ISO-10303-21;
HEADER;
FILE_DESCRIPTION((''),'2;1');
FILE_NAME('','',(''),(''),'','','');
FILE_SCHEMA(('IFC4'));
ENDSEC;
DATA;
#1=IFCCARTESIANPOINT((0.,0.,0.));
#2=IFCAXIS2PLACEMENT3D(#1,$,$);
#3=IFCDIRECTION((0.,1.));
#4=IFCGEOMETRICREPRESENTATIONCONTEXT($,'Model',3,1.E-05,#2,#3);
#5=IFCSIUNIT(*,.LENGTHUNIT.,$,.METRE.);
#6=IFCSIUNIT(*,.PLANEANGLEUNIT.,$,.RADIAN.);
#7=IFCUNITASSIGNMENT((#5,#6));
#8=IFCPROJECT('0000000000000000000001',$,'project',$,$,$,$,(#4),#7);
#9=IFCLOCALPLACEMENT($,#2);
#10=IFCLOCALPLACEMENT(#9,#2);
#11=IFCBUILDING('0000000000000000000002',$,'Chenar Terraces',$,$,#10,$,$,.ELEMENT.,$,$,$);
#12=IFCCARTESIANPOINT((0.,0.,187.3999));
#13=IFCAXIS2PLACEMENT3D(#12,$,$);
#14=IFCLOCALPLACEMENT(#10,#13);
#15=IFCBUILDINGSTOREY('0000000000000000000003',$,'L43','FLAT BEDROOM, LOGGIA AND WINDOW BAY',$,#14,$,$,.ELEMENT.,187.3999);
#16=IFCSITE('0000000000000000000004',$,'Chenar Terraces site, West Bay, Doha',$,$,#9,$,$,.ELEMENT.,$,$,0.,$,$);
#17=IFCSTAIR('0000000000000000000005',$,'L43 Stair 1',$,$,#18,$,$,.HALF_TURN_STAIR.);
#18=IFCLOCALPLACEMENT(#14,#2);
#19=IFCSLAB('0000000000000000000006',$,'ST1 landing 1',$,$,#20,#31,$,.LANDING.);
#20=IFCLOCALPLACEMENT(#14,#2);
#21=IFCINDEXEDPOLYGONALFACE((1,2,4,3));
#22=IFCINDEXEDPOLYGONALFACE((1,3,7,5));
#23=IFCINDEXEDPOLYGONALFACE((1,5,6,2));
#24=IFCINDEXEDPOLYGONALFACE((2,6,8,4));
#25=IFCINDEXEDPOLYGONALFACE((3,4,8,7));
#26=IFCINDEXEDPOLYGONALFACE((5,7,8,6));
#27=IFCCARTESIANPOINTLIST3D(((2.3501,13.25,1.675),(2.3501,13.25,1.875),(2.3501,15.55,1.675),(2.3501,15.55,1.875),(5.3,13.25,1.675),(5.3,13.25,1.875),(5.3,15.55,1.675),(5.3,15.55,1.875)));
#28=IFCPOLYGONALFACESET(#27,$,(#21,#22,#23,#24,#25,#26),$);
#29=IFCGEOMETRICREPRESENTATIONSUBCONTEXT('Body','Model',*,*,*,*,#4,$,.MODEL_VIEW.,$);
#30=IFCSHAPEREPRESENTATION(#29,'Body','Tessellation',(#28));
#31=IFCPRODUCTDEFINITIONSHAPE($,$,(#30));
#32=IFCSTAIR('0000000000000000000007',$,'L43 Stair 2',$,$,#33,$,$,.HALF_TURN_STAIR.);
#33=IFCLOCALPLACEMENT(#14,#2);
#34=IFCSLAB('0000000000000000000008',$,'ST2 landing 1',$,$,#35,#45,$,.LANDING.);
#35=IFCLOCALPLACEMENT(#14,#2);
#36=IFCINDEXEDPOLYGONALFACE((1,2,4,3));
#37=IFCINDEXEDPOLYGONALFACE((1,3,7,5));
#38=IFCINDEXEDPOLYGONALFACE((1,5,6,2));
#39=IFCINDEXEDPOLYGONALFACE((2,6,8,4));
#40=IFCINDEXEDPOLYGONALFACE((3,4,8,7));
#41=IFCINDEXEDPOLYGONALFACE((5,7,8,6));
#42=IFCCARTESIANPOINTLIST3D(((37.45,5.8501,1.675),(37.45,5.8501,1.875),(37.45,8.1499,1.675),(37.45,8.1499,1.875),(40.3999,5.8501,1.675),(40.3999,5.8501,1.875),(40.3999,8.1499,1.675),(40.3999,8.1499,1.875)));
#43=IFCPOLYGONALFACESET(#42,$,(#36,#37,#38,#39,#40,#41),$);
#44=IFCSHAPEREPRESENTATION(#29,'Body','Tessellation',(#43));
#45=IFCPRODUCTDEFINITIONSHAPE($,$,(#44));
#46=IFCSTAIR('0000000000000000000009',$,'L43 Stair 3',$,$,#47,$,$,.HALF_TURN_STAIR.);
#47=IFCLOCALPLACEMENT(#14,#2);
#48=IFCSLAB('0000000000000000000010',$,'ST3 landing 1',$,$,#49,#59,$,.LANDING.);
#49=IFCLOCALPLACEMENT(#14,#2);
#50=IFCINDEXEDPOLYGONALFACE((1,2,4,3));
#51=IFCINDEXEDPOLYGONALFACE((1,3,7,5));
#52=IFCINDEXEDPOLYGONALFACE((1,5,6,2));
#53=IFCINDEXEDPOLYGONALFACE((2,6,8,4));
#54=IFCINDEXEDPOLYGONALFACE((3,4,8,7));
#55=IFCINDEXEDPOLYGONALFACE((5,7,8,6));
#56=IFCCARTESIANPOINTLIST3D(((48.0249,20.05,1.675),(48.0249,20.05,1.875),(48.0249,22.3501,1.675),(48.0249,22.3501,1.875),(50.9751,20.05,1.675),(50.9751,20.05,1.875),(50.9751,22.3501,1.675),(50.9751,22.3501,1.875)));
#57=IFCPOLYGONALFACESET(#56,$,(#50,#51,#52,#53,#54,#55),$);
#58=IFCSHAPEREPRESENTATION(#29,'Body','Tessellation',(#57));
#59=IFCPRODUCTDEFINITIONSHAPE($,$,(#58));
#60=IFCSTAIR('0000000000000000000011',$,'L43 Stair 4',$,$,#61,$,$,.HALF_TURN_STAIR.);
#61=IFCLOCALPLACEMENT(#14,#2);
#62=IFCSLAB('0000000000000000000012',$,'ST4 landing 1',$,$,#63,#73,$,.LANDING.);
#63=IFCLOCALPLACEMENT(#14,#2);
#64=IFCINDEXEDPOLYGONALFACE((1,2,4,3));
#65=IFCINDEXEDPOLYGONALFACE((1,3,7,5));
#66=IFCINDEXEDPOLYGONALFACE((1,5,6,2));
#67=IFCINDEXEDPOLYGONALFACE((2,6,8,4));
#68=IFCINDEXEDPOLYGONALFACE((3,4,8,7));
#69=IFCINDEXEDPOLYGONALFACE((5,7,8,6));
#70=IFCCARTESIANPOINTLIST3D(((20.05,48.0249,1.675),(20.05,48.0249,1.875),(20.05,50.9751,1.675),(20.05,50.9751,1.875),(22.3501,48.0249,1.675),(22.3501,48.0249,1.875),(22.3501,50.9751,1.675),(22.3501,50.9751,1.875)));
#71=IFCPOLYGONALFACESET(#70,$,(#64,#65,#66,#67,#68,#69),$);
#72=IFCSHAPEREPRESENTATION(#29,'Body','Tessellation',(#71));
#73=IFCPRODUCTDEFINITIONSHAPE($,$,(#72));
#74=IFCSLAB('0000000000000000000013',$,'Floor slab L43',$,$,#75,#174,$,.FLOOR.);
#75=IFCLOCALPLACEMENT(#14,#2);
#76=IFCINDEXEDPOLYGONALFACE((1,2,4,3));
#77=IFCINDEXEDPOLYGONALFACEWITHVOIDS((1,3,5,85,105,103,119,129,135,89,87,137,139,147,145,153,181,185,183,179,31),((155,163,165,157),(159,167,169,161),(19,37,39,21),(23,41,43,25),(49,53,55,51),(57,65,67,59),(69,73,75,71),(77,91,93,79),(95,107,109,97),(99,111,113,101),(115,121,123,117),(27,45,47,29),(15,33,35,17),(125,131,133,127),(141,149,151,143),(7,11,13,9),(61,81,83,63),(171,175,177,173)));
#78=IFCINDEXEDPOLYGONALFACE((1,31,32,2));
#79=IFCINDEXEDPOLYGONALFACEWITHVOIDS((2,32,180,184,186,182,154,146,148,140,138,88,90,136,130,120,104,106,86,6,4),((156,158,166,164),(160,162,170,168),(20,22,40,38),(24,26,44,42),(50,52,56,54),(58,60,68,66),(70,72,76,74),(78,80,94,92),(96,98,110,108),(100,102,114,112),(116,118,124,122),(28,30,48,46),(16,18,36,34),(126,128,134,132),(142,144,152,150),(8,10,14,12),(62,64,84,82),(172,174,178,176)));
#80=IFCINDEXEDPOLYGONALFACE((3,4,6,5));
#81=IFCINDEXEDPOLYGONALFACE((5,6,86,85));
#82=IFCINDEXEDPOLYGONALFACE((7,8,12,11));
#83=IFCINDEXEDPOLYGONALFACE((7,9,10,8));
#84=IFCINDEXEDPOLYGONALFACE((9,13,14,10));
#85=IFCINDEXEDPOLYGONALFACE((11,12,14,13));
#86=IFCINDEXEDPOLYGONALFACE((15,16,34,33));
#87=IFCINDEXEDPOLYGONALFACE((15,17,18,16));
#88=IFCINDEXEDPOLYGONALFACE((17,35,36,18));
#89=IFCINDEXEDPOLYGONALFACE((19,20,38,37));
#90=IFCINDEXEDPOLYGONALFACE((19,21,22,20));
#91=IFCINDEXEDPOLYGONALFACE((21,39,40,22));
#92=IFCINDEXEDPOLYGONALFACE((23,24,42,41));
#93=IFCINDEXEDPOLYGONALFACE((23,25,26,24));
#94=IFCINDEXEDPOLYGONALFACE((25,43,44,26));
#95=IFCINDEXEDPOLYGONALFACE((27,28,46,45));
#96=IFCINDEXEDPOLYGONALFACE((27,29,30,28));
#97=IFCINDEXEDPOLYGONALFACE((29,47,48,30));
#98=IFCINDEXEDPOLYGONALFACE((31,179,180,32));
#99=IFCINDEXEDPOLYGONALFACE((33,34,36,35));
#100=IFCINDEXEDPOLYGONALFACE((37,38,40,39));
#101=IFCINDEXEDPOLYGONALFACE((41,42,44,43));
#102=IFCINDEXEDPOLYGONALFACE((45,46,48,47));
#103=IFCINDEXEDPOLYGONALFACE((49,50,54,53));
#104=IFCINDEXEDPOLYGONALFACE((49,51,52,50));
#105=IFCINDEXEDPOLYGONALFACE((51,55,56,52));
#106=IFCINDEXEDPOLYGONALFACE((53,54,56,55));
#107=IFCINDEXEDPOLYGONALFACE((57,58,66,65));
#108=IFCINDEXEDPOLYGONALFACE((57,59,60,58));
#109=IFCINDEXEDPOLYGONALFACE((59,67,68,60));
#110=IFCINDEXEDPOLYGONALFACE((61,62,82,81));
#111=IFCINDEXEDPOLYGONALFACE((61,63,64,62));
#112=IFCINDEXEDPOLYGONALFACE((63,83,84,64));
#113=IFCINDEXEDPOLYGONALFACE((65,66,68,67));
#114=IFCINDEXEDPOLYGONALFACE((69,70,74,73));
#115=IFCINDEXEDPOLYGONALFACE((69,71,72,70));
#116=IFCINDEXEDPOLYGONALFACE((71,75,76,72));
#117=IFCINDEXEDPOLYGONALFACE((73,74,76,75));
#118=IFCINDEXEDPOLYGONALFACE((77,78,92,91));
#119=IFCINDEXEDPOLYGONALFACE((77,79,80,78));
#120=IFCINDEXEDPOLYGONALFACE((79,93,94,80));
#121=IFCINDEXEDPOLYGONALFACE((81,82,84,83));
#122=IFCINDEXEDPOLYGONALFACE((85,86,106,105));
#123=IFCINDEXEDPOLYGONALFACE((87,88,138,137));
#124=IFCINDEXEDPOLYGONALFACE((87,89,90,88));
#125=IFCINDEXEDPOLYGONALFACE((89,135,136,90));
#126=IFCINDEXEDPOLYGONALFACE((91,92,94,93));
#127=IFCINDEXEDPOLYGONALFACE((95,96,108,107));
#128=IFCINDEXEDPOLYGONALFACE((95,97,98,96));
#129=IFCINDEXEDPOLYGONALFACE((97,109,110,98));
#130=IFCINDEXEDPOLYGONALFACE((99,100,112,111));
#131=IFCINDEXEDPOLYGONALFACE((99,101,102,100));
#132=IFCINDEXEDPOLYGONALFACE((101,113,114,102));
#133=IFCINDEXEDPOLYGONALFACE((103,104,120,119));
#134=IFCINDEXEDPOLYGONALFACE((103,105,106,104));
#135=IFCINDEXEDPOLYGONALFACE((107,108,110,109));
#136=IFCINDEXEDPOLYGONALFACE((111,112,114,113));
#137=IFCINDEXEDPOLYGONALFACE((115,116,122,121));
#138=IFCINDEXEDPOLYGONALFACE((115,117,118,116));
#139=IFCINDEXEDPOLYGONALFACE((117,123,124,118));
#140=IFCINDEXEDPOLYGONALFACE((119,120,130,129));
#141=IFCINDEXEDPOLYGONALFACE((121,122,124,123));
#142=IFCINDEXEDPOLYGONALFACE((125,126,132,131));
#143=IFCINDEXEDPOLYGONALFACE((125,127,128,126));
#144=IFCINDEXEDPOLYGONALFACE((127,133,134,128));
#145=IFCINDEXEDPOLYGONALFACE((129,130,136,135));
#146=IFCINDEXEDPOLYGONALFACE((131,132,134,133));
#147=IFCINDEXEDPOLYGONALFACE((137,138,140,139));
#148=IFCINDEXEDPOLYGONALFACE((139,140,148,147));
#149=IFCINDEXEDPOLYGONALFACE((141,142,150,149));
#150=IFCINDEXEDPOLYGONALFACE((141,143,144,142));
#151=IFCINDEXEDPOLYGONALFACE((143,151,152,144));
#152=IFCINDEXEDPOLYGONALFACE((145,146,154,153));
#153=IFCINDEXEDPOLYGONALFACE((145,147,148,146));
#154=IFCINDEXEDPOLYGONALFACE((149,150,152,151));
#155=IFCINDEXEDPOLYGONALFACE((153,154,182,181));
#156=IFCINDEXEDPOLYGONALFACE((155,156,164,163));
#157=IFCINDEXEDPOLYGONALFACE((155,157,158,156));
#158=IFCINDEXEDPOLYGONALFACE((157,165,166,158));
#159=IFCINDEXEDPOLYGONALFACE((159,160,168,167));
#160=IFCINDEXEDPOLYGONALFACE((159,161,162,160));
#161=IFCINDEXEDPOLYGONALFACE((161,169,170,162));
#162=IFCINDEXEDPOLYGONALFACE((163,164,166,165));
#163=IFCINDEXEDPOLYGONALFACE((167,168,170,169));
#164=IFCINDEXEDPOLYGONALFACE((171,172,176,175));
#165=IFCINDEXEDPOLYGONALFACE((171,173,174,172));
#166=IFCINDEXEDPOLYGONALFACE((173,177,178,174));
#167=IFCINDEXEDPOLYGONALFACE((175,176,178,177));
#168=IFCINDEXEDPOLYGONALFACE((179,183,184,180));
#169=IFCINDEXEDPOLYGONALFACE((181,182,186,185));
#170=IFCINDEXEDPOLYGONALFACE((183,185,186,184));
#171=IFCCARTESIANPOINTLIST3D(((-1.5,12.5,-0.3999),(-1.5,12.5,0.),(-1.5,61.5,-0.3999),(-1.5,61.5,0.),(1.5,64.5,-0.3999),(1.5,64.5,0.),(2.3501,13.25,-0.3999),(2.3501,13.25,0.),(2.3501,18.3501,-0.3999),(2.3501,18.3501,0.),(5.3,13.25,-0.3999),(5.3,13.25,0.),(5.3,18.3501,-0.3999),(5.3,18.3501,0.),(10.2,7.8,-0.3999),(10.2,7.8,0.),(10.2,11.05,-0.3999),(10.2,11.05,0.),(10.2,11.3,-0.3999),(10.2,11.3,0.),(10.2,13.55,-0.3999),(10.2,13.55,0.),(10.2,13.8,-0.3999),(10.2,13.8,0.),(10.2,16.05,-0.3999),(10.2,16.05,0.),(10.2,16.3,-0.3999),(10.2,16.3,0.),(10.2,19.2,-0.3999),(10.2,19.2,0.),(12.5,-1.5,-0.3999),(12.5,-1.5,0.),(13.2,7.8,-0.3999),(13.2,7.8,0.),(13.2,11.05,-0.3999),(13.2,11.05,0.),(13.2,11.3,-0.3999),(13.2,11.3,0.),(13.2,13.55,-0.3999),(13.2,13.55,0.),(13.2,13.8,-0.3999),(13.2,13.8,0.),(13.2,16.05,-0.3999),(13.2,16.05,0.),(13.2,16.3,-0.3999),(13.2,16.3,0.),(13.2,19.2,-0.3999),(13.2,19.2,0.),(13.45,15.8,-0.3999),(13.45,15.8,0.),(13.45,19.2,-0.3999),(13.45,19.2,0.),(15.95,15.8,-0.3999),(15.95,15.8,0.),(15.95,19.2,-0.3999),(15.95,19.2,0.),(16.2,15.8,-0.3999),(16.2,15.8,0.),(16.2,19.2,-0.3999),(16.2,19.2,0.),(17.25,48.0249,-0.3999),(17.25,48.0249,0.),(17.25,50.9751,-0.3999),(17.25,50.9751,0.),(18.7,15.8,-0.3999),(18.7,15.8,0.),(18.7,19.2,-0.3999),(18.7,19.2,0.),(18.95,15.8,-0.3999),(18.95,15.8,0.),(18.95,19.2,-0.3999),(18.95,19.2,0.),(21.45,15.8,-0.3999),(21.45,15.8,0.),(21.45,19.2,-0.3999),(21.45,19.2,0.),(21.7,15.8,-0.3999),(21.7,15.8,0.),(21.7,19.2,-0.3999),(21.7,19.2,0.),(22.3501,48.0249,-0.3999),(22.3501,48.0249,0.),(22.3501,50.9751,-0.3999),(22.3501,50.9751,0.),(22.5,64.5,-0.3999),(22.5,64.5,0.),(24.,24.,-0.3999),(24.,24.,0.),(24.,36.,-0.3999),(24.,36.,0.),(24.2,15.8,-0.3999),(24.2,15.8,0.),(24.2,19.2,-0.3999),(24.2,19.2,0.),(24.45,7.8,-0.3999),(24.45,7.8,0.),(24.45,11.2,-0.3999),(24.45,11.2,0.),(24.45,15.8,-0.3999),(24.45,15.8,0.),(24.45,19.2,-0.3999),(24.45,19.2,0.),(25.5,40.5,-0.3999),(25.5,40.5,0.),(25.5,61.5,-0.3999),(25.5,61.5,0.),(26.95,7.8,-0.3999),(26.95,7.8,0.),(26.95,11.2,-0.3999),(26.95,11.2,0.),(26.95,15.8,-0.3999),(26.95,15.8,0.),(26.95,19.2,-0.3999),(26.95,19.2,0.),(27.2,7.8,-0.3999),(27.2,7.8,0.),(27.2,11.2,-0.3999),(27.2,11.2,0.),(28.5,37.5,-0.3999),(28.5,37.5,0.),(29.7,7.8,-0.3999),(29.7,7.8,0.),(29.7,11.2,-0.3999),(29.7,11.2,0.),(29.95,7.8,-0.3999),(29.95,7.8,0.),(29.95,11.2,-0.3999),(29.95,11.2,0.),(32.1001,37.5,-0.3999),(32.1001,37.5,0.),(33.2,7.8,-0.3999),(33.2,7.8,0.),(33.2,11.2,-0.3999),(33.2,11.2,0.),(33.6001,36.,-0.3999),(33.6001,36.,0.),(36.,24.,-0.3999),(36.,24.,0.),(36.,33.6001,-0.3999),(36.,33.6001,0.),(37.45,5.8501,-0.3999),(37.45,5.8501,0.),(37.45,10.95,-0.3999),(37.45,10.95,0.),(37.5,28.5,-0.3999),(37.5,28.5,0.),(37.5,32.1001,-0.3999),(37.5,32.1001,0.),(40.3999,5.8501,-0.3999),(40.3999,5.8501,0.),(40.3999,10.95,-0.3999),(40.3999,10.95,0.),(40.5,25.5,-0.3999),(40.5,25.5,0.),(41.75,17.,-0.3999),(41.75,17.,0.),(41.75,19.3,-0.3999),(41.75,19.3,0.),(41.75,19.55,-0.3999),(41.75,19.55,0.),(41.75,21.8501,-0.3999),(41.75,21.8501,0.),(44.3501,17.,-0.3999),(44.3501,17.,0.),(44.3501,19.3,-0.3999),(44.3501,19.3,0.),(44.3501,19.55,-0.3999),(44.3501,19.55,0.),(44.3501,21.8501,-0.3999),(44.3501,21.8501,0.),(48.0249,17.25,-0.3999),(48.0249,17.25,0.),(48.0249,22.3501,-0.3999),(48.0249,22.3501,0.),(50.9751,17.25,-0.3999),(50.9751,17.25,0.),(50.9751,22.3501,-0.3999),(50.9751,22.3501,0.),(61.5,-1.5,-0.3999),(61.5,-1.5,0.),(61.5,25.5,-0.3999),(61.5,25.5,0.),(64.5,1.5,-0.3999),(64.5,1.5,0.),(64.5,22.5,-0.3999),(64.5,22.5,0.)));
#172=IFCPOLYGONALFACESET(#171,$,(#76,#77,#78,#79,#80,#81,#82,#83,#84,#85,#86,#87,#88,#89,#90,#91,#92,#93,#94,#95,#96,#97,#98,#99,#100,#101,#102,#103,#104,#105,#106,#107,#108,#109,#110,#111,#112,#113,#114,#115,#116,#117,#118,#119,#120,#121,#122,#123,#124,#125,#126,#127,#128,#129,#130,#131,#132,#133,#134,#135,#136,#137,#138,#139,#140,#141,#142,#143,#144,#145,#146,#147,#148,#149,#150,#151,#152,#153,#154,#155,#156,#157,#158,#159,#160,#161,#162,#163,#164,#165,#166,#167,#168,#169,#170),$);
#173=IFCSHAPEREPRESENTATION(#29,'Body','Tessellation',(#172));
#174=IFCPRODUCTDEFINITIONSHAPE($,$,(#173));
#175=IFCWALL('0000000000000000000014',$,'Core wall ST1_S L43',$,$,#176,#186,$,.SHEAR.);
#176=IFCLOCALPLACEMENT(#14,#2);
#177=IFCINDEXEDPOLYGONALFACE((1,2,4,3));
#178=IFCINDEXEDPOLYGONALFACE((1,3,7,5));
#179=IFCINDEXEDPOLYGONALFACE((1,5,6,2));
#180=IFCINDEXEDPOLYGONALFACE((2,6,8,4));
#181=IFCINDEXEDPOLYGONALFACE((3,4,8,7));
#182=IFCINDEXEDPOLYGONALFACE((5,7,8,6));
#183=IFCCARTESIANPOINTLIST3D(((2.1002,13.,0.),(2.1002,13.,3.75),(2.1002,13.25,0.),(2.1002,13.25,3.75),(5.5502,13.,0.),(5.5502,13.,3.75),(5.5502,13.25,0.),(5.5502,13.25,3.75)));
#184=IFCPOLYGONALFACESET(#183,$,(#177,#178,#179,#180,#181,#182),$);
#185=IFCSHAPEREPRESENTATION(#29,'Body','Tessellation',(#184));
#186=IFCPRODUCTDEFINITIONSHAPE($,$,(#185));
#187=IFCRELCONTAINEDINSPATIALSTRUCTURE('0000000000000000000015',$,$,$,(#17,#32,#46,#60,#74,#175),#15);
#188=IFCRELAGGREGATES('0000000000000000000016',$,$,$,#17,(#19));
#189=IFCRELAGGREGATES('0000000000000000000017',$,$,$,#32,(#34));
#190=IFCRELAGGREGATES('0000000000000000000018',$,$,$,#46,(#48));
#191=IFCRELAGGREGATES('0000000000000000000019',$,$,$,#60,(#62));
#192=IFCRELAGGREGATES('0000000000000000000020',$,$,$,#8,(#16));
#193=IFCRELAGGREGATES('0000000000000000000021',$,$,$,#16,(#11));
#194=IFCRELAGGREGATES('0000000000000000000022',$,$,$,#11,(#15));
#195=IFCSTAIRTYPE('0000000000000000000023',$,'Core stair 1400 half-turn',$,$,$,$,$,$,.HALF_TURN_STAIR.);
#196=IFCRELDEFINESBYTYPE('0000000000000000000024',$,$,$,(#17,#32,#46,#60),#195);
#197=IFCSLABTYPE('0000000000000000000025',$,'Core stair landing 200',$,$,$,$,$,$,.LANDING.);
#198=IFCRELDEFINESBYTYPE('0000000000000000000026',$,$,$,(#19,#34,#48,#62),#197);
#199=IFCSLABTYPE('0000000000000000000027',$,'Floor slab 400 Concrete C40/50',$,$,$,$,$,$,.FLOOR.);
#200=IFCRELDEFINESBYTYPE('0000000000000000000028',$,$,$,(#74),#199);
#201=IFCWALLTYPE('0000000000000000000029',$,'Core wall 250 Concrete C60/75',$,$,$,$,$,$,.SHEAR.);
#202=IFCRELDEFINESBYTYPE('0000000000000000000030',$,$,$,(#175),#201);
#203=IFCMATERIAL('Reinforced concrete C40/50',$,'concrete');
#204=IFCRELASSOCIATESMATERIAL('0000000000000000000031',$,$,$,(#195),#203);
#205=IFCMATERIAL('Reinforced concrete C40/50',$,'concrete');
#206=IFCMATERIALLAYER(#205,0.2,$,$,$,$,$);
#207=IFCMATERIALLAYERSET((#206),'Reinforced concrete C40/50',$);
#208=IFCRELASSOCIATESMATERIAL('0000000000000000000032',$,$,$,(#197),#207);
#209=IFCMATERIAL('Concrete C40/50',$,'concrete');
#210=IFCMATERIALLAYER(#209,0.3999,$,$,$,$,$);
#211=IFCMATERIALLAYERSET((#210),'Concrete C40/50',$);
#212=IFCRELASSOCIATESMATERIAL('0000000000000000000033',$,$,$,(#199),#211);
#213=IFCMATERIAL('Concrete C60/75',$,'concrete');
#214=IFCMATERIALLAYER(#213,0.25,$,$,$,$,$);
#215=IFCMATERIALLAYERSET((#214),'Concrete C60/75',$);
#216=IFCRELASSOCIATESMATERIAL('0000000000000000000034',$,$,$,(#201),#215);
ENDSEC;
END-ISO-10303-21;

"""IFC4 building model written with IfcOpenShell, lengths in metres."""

from ifc_helpers import new_model, si_unit, direction, frame, frame_2d, origin, place, context, subcontext, project, spatial, polyline, rectangle, outline, extrude, material, layer, layer_set, type_object, element, aggregate, save


model = new_model("IFC4")

# Units and contexts
model_context = context("Model", 3, precision=1e-05, world=origin(), true_north=direction((0.0, 1.0)))
body_context = subcontext(model_context, "Body", "Model", "MODEL_VIEW")
ifc_project = project(units=[si_unit("LENGTHUNIT", "METRE"), si_unit("PLANEANGLEUNIT", "RADIAN")], contexts=[model_context])

# Site, building, storey
site_placement = place(None, origin())
site = spatial("IfcSite", under=ifc_project, at=site_placement, Name="Chenar Terraces site, West Bay, Doha", CompositionType="ELEMENT", RefElevation=0.0)
building_placement = place(site_placement, origin())
building = spatial("IfcBuilding", under=site, at=building_placement, Name="Chenar Terraces", CompositionType="ELEMENT")
storey_placement = place(building_placement, frame((0.0, 0.0, 187.3999)))
storey = spatial("IfcBuildingStorey", under=building, at=storey_placement, Name="L43", Description="FLAT BEDROOM, LOGGIA AND WINDOW BAY", CompositionType="ELEMENT", Elevation=187.3999)

# Stairs, slabs
ifc_material_1 = material(Name="Reinforced concrete C40/50", Category="concrete")
stair_type = type_object("IfcStairType", Name="Core stair 1400 half-turn", PredefinedType="HALF_TURN_STAIR", material=ifc_material_1)
placement_1 = place(storey_placement, origin())
stair_1 = element("IfcStair", 1, at=placement_1, inside=storey, type_object=stair_type, Name="L43 Stair 1", PredefinedType="HALF_TURN_STAIR")
ifc_material_2 = material(Name="Reinforced concrete C40/50", Category="concrete")
ifc_layer_1 = layer(ifc_material_2, 0.2)
ifc_layer_set_1 = layer_set([ifc_layer_1], Name="Reinforced concrete C40/50")
slab_type_1 = type_object("IfcSlabType", Name="Core stair landing 200", PredefinedType="LANDING", material=ifc_layer_set_1)
placement_2 = place(storey_placement, frame((0.0, 0.0, 1.675)))
slab_1 = element("IfcSlab", 2, at=placement_2, type_object=slab_type_1, Name="ST1 landing 1", PredefinedType="LANDING", context=body_context, shape_type="SweptSolid", body=[
    extrude(outline(polyline([(2.3501, 15.55), (2.3501, 13.25), (5.3, 13.25), (5.3, 15.55), (2.3501, 15.55)])), origin(), (0.0, 0.0, 1.0), 0.2),
])
aggregate(stair_1, [slab_1])
stair_2 = element("IfcStair", 3, at=placement_1, inside=storey, type_object=stair_type, Name="L43 Stair 2", PredefinedType="HALF_TURN_STAIR")
slab_2 = element("IfcSlab", 4, at=placement_2, type_object=slab_type_1, Name="ST2 landing 1", PredefinedType="LANDING", context=body_context, shape_type="SweptSolid", body=[
    extrude(outline(polyline([(37.45, 8.1499), (37.45, 5.8501), (40.3999, 5.8501), (40.3999, 8.1499), (37.45, 8.1499)])), origin(), (0.0, 0.0, 1.0), 0.2),
])
aggregate(stair_2, [slab_2])
stair_3 = element("IfcStair", 5, at=placement_1, inside=storey, type_object=stair_type, Name="L43 Stair 3", PredefinedType="HALF_TURN_STAIR")
slab_3 = element("IfcSlab", 6, at=placement_2, type_object=slab_type_1, Name="ST3 landing 1", PredefinedType="LANDING", context=body_context, shape_type="SweptSolid", body=[
    extrude(outline(polyline([(50.9751, 20.05), (50.9751, 22.3501), (48.0249, 22.3501), (48.0249, 20.05), (50.9751, 20.05)])), origin(), (0.0, 0.0, 1.0), 0.2),
])
aggregate(stair_3, [slab_3])
stair_4 = element("IfcStair", 7, at=placement_1, inside=storey, type_object=stair_type, Name="L43 Stair 4", PredefinedType="HALF_TURN_STAIR")
slab_4 = element("IfcSlab", 8, at=placement_2, type_object=slab_type_1, Name="ST4 landing 1", PredefinedType="LANDING", context=body_context, shape_type="SweptSolid", body=[
    extrude(outline(polyline([(20.05, 48.0249), (22.3501, 48.0249), (22.3501, 50.9751), (20.05, 50.9751), (20.05, 48.0249)])), origin(), (0.0, 0.0, 1.0), 0.2),
])
aggregate(stair_4, [slab_4])

# Slab
ifc_material_3 = material(Name="Concrete C40/50", Category="concrete")
ifc_layer_2 = layer(ifc_material_3, 0.3999)
ifc_layer_set_2 = layer_set([ifc_layer_2], Name="Concrete C40/50")
slab_type_2 = type_object("IfcSlabType", Name="Floor slab 400 Concrete C40/50", PredefinedType="FLOOR", material=ifc_layer_set_2)
slab_5_placement = place(storey_placement, frame((0.0, 0.0, -0.3999)))
element("IfcSlab", 9, at=slab_5_placement, inside=storey, type_object=slab_type_2, Name="Floor slab L43", PredefinedType="FLOOR", context=body_context, shape_type="SweptSolid", body=[
    extrude(outline(polyline([(64.5, 22.5), (64.5, 1.5), (61.5, -1.5), (12.5, -1.5), (-1.5, 12.5), (-1.5, 61.5), (1.5, 64.5), (22.5, 64.5), (25.5, 61.5), (25.5, 40.5), (28.5, 37.5), (32.1001, 37.5), (33.6001, 36.0), (24.0, 36.0), (24.0, 24.0), (36.0, 24.0), (36.0, 33.6001), (37.5, 32.1001), (37.5, 28.5), (40.5, 25.5), (61.5, 25.5), (64.5, 22.5)]), holes=[polyline([(13.2, 11.05), (10.2, 11.05), (10.2, 7.8), (13.2, 7.8), (13.2, 11.05)]), polyline([(13.2, 13.55), (10.2, 13.55), (10.2, 11.3), (13.2, 11.3), (13.2, 13.55)]), polyline([(13.2, 16.05), (10.2, 16.05), (10.2, 13.8), (13.2, 13.8), (13.2, 16.05)]), polyline([(2.3501, 13.25), (5.3, 13.25), (5.3, 18.3501), (2.3501, 18.3501), (2.3501, 13.25)]), polyline([(15.95, 19.2), (13.45, 19.2), (13.45, 15.8), (15.95, 15.8), (15.95, 19.2)]), polyline([(18.7, 19.2), (16.2, 19.2), (16.2, 15.8), (18.7, 15.8), (18.7, 19.2)]), polyline([(21.45, 19.2), (18.95, 19.2), (18.95, 15.8), (21.45, 15.8), (21.45, 19.2)]), polyline([(24.2, 15.8), (24.2, 19.2), (21.7, 19.2), (21.7, 15.8), (24.2, 15.8)]), polyline([(13.2, 16.3), (13.2, 19.2), (10.2, 19.2), (10.2, 16.3), (13.2, 16.3)]), polyline([(22.3501, 48.0249), (22.3501, 50.9751), (17.25, 50.9751), (17.25, 48.0249), (22.3501, 48.0249)]), polyline([(37.45, 5.8501), (40.3999, 5.8501), (40.3999, 10.95), (37.45, 10.95), (37.45, 5.8501)]), polyline([(26.95, 11.2), (24.45, 11.2), (24.45, 7.8), (26.95, 7.8), (26.95, 11.2)]), polyline([(29.7, 7.8), (29.7, 11.2), (27.2, 11.2), (27.2, 7.8), (29.7, 7.8)]), polyline([(33.2, 7.8), (33.2, 11.2), (29.95, 11.2), (29.95, 7.8), (33.2, 7.8)]), polyline([(26.95, 19.2), (24.45, 19.2), (24.45, 15.8), (26.95, 15.8), (26.95, 19.2)]), polyline([(44.3501, 19.3), (41.75, 19.3), (41.75, 17.0), (44.3501, 17.0), (44.3501, 19.3)]), polyline([(50.9751, 22.3501), (48.0249, 22.3501), (48.0249, 17.25), (50.9751, 17.25), (50.9751, 22.3501)]), polyline([(44.3501, 19.55), (44.3501, 21.8501), (41.75, 21.8501), (41.75, 19.55), (44.3501, 19.55)])]), origin(), (0.0, 0.0, 1.0), 0.3999),
])

# Wall
ifc_material_4 = material(Name="Concrete C60/75", Category="concrete")
ifc_layer_3 = layer(ifc_material_4, 0.25)
ifc_layer_set_3 = layer_set([ifc_layer_3], Name="Concrete C60/75")
wall_type_1 = type_object("IfcWallType", Name="Core wall 250 Concrete C60/75", PredefinedType="SHEAR", material=ifc_layer_set_3)
wall_1_placement = place(storey_placement, frame((2.1001, 13.125, 0.0), z_axis=(0.0, 0.0, 1.0), x_axis=(1.0, 0.0, 0.0)))
element("IfcWall", 10, at=wall_1_placement, inside=storey, type_object=wall_type_1, Name="Core wall ST1_S L43", PredefinedType="SHEAR", context=body_context, shape_type="SweptSolid", body=[
    extrude(rectangle(XDim=3.45, YDim=0.25, at=frame_2d((1.7251, 0.0))), origin(), (0.0, 0.0, 1.0), 3.75),
])

save(model, "model.ifc")
